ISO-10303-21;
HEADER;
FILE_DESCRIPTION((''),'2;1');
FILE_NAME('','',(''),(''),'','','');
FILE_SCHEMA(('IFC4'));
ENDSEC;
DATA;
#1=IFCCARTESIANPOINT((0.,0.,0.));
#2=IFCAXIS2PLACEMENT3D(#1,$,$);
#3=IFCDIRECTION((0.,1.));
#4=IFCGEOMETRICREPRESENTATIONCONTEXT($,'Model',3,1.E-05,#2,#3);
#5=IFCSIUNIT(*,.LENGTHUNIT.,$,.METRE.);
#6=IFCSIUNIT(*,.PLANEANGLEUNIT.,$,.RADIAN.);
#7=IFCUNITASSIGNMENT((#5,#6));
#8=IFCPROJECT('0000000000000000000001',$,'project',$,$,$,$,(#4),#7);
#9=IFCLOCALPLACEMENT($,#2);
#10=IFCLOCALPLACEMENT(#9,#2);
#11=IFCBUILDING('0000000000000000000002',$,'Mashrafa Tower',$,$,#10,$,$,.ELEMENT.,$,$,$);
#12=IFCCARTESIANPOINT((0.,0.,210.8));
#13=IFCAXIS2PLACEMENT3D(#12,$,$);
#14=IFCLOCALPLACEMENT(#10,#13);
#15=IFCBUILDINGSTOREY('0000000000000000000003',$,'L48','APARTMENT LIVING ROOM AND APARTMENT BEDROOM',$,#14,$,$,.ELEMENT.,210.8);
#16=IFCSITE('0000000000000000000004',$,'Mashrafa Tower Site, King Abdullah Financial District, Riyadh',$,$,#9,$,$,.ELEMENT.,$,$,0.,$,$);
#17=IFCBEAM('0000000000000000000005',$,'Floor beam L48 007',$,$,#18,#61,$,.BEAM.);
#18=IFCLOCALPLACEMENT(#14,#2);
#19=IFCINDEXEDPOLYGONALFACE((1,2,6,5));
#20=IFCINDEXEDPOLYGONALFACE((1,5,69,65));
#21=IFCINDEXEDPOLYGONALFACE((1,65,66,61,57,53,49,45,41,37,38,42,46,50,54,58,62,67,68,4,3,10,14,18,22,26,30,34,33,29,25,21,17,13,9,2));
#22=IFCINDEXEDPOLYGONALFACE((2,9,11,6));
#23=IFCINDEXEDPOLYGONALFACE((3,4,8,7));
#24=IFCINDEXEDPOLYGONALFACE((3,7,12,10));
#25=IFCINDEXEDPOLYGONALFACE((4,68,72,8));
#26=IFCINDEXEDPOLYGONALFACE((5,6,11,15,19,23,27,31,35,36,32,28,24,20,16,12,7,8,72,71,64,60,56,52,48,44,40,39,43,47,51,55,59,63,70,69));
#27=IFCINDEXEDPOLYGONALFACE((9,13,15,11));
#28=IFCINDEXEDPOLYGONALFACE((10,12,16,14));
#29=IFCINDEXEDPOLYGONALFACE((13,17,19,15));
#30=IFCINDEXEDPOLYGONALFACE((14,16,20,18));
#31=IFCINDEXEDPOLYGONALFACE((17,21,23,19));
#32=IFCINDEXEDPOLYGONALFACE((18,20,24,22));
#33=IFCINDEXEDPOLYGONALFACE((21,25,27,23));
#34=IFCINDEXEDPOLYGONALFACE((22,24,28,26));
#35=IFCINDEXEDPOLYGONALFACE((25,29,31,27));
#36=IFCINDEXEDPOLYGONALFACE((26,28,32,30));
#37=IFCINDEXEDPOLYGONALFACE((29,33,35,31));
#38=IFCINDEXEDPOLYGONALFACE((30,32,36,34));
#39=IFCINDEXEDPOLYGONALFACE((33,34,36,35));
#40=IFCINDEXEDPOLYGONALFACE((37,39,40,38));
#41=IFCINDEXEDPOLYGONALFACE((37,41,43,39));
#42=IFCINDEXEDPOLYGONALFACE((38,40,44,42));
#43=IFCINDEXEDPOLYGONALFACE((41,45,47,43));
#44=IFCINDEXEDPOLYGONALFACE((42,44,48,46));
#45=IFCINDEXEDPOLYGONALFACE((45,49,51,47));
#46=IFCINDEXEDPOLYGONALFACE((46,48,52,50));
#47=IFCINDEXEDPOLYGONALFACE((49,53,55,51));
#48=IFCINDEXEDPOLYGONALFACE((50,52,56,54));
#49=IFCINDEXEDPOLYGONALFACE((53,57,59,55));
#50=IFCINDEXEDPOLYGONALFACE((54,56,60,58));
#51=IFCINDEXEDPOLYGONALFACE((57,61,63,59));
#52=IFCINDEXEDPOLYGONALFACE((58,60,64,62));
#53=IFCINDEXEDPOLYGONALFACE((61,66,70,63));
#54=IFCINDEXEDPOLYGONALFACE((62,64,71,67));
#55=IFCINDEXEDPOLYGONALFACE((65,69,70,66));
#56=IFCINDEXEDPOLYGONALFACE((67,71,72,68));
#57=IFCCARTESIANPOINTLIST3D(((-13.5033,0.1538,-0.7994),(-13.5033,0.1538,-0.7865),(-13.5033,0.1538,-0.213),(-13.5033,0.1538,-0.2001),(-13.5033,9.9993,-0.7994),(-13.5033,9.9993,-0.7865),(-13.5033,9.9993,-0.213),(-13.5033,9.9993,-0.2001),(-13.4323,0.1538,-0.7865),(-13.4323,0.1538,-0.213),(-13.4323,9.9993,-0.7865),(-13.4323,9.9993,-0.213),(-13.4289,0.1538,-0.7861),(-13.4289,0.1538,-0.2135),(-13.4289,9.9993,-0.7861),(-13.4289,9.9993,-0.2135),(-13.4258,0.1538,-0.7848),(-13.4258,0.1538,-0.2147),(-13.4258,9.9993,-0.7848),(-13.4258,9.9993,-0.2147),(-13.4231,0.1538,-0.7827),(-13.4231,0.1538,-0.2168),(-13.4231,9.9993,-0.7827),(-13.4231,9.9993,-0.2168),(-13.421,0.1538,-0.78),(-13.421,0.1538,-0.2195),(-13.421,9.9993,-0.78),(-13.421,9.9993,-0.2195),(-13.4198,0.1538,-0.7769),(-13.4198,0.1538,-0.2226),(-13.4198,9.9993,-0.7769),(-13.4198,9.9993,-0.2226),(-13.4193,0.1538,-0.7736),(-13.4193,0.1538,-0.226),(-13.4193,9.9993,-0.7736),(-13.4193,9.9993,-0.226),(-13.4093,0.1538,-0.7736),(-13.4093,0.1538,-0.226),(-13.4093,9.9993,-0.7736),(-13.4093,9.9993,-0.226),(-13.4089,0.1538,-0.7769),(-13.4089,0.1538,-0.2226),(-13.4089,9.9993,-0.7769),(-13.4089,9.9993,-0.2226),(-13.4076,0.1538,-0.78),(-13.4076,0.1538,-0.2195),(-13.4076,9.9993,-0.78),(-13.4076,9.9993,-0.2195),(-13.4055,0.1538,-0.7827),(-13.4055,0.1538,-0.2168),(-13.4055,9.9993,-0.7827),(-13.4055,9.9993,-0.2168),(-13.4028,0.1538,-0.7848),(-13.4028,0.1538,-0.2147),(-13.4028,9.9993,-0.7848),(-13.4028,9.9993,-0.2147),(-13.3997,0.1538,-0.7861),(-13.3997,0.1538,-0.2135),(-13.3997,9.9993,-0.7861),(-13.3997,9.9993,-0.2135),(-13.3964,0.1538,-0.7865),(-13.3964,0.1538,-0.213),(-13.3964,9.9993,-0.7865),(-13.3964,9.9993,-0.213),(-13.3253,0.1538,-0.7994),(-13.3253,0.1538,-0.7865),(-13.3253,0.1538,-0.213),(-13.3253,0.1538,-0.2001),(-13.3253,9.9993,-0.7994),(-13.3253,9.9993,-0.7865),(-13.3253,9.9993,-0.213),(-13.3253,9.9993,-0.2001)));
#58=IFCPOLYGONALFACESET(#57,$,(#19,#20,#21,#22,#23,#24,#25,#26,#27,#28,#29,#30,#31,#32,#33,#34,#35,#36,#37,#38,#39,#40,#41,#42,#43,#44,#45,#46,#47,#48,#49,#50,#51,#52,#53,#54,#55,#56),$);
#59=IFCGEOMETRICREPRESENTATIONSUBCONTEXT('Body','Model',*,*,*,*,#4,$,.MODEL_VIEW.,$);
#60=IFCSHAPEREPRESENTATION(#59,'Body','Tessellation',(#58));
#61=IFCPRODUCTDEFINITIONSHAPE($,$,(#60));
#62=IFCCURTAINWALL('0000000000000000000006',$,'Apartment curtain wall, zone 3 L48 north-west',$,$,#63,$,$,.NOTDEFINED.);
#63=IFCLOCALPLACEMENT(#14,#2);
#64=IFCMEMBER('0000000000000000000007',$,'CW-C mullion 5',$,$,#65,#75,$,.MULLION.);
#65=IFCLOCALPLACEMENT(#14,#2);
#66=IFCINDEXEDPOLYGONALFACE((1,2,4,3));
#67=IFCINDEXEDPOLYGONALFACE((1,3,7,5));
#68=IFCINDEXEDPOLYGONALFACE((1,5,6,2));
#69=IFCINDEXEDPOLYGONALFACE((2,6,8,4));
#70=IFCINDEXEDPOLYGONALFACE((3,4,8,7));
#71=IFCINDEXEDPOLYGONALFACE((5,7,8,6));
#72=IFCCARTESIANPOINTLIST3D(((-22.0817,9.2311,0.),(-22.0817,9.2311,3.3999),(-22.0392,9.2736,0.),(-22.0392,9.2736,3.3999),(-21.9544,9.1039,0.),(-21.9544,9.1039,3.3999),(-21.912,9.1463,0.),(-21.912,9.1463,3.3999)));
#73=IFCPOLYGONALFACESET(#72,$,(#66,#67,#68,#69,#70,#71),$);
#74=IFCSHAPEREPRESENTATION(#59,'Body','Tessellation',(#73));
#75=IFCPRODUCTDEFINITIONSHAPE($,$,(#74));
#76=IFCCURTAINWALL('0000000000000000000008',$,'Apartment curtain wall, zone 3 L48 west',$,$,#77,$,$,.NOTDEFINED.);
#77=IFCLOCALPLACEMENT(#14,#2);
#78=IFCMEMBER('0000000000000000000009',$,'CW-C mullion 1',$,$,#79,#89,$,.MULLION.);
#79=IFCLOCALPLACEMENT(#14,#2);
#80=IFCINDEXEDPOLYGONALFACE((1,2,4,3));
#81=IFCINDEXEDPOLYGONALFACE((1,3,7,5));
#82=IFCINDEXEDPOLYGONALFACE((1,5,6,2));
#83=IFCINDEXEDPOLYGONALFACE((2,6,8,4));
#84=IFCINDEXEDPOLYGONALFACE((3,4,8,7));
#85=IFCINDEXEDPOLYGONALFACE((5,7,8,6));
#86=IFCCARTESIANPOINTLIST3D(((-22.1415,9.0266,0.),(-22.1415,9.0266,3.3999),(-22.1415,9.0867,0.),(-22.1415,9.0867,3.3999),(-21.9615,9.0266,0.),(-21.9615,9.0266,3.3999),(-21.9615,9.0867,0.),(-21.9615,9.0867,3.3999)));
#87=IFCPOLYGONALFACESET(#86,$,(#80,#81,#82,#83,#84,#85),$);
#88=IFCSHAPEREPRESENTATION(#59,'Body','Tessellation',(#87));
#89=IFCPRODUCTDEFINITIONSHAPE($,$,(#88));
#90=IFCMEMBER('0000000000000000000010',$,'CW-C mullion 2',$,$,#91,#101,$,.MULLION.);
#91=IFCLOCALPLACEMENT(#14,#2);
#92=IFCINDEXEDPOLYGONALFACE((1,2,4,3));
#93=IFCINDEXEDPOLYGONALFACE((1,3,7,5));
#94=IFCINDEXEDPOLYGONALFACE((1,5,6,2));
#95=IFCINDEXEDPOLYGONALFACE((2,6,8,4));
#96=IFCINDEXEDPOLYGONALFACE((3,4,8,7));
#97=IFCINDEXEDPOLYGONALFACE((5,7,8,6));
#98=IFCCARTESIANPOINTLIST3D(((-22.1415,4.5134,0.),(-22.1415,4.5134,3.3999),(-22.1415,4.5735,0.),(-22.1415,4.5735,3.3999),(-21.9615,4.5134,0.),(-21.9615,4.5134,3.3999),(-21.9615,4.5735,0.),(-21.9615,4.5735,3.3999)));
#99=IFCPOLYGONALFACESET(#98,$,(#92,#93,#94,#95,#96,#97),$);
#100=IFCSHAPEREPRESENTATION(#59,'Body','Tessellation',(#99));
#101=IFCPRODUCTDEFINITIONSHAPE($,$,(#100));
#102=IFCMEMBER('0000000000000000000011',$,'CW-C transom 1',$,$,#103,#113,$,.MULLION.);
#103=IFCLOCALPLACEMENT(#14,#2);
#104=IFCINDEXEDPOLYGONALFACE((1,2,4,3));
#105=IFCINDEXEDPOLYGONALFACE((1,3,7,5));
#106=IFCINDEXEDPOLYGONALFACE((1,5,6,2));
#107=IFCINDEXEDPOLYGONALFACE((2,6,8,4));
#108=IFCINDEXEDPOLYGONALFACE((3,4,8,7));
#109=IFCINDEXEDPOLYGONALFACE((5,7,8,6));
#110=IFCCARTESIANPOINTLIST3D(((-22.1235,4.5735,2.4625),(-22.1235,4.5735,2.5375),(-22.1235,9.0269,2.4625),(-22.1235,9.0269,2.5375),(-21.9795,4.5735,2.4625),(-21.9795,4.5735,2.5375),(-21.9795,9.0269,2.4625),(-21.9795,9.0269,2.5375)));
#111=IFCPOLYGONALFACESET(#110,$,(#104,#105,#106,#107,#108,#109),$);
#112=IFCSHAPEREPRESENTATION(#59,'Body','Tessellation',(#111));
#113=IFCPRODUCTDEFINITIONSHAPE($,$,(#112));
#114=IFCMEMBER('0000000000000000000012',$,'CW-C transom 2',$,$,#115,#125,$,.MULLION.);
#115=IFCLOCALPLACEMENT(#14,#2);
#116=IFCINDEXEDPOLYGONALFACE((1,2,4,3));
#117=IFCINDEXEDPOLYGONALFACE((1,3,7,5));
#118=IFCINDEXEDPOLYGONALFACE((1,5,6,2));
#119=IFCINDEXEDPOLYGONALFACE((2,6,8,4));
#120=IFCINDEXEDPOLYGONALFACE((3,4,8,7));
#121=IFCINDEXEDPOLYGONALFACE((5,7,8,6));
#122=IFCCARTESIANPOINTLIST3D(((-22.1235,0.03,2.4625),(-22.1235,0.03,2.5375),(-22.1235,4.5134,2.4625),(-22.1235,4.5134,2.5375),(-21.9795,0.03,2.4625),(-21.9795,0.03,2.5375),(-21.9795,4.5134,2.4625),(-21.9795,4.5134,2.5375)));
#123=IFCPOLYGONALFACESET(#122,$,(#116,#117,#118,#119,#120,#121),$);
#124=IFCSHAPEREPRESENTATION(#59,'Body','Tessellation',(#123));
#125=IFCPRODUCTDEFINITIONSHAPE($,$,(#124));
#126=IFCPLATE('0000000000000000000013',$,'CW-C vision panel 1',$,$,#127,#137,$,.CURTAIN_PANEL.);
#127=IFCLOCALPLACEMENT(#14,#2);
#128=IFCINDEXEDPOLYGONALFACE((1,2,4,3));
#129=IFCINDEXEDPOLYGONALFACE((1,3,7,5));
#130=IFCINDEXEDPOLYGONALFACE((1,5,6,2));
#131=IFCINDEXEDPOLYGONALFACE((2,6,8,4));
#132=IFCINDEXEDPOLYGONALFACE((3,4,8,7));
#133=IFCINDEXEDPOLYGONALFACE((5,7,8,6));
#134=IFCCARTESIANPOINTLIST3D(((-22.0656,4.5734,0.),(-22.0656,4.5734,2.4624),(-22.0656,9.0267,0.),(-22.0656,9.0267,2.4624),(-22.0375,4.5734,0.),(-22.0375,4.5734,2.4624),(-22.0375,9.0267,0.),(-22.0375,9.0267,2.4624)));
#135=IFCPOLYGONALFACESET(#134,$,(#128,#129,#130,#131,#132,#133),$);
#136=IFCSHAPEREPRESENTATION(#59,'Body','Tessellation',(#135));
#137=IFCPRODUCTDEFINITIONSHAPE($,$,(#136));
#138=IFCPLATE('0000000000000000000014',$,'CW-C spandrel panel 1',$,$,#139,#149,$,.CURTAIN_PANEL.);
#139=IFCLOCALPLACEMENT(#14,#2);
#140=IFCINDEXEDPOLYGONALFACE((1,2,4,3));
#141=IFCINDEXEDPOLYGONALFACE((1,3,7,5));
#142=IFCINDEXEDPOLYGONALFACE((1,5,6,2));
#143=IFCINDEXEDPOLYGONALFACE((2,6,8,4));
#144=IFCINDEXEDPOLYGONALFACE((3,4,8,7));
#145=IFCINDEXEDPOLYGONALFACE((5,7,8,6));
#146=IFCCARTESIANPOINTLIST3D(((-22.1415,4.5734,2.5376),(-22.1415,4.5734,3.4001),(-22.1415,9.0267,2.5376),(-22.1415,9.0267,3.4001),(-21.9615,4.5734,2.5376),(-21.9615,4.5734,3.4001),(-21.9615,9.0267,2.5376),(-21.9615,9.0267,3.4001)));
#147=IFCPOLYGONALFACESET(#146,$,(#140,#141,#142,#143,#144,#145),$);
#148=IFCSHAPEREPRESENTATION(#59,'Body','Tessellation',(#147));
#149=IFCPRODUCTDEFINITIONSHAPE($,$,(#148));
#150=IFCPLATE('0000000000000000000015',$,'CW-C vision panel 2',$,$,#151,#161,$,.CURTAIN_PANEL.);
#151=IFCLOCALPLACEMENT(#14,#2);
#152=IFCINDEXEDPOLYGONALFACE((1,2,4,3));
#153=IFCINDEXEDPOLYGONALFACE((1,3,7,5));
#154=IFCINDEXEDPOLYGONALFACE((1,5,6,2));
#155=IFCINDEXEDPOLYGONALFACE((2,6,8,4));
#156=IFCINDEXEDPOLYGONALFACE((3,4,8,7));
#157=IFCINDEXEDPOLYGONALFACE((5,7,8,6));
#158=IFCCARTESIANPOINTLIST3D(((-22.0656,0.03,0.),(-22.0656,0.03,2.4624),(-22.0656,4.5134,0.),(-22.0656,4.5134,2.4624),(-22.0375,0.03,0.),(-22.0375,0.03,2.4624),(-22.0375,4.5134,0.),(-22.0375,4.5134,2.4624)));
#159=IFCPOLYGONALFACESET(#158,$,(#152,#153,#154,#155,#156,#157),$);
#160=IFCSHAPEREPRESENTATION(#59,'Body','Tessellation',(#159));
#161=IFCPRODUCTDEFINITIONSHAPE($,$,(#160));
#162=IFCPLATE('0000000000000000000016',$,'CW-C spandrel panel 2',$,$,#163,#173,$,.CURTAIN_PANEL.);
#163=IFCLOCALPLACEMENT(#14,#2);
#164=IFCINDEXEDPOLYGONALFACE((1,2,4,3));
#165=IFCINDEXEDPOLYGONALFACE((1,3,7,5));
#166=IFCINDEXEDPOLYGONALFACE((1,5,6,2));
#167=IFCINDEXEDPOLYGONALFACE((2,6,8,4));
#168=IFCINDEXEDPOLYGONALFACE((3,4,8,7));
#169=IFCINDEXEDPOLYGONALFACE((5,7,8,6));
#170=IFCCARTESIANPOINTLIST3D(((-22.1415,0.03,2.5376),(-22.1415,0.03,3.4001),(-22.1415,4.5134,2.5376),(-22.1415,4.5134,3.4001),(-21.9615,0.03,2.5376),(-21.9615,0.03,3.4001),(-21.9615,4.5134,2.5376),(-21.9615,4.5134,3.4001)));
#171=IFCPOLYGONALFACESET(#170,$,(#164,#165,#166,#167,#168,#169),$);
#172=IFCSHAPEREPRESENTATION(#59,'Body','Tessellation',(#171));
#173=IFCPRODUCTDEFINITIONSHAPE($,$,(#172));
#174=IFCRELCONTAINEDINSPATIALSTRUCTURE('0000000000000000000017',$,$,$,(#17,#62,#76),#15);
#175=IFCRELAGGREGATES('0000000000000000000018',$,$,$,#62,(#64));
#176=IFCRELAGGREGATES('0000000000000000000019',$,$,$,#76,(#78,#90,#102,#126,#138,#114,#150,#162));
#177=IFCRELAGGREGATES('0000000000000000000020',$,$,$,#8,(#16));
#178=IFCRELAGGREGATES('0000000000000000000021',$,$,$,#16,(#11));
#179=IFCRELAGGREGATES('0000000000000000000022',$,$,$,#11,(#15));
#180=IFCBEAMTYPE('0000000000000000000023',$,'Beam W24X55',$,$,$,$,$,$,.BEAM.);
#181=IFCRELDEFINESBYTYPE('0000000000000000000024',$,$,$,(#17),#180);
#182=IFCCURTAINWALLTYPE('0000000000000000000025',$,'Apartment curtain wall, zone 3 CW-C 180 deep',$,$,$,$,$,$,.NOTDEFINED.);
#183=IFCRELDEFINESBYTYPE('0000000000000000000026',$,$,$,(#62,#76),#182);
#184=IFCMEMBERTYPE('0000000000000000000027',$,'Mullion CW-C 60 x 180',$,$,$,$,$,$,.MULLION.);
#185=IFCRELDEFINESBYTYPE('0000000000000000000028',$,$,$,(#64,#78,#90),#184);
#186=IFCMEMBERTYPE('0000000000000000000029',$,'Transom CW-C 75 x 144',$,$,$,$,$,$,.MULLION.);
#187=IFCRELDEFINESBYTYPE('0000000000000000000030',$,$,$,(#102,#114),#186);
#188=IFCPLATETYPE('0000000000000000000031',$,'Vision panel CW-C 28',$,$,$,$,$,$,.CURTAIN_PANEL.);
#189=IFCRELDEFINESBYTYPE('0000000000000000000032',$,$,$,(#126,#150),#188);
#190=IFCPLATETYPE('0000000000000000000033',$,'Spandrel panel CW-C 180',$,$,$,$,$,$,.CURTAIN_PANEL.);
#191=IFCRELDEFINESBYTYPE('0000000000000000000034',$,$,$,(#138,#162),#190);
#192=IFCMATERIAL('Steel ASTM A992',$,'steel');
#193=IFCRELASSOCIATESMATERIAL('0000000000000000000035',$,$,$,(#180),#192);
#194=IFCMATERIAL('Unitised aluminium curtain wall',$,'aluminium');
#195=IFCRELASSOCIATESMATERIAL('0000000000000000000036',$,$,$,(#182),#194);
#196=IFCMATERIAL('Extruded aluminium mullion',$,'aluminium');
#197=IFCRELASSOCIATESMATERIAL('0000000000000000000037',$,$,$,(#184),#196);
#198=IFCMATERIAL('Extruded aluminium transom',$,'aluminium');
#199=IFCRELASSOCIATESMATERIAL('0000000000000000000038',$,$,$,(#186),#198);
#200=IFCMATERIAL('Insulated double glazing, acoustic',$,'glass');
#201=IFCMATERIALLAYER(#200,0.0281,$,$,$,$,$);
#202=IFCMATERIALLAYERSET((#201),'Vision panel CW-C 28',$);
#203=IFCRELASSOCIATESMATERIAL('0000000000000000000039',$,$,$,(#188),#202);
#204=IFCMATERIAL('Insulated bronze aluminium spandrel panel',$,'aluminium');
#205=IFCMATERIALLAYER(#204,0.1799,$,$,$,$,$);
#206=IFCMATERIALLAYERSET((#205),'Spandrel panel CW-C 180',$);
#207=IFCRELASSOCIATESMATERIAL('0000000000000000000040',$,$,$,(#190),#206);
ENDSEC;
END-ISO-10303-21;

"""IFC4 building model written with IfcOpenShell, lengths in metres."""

from ifc_helpers import new_model, si_unit, direction, frame, origin, origin_2d, place, context, subcontext, project, spatial, rectangle, i_section, extrude, source, transform, mapped, material, layer, layer_set, material_profile, profile_set, type_object, type_shapes, element, aggregate, save


model = new_model("IFC4")

# Units and contexts
model_context = context("Model", 3, precision=1e-05, world=origin(), true_north=direction((0.0, 1.0)))
body_context = subcontext(model_context, "Body", "Model", "MODEL_VIEW")
ifc_project = project(units=[si_unit("LENGTHUNIT", "METRE"), si_unit("PLANEANGLEUNIT", "RADIAN")], contexts=[model_context])

# Site, building, storey
site_placement = place(None, origin())
site = spatial("IfcSite", under=ifc_project, at=site_placement, Name="Mashrafa Tower Site, King Abdullah Financial District, Riyadh", CompositionType="ELEMENT", RefElevation=0.0)
building_placement = place(site_placement, origin())
building = spatial("IfcBuilding", under=site, at=building_placement, Name="Mashrafa Tower", CompositionType="ELEMENT")
storey_placement = place(building_placement, frame((0.0, 0.0, 210.8)))
storey = spatial("IfcBuildingStorey", under=building, at=storey_placement, Name="L48", Description="APARTMENT LIVING ROOM AND APARTMENT BEDROOM", CompositionType="ELEMENT", Elevation=210.8)

# Beam
ifc_material_1 = material(Name="Steel ASTM A992", Category="steel")
ifc_material_profile_1 = material_profile(ifc_material_1, i_section(OverallWidth=0.178, OverallDepth=0.5994, WebThickness=0.01, FlangeThickness=0.0129, FilletRadius=0.0129, at=origin_2d()), Name="W24X55")
ifc_profile_set_1 = profile_set([ifc_material_profile_1], Name="Steel ASTM A992")
beam_type_1 = type_object("IfcBeamType", Name="Beam W24X55", PredefinedType="BEAM", material=ifc_profile_set_1)
beam_1_placement = place(storey_placement, frame((-13.4143, 0.1538, -0.4998), z_axis=(0.0, 1.0, 0.0), x_axis=(-1.0, 0.0, 0.0)))
element("IfcBeam", 1, at=beam_1_placement, inside=storey, type_object=beam_type_1, Name="Floor beam L48 007", PredefinedType="BEAM", context=body_context, shape_type="SweptSolid", body=[
    extrude(i_section(OverallWidth=0.178, OverallDepth=0.5994, WebThickness=0.01, FlangeThickness=0.0129, FilletRadius=0.0129, at=origin_2d()), origin(), (0.0, 0.0, 1.0), 9.8455),
])

# Curtain wall, member
ifc_material_2 = material(Name="Unitised aluminium curtain wall", Category="aluminium")
curtain_wall_type = type_object("IfcCurtainWallType", Name="Apartment curtain wall, zone 3 CW-C 180 deep", PredefinedType="NOTDEFINED", material=ifc_material_2)
curtain_wall_1_placement = place(storey_placement, origin())
curtain_wall_1 = element("IfcCurtainWall", 2, at=curtain_wall_1_placement, inside=storey, type_object=curtain_wall_type, Name="Apartment curtain wall, zone 3 L48 north-west", PredefinedType="NOTDEFINED")
ifc_material_3 = material(Name="Extruded aluminium mullion", Category="aluminium")
ifc_material_profile_2 = material_profile(ifc_material_3, rectangle(XDim=0.1799, YDim=0.0601, at=origin_2d()), Name="Mullion 60x180")
ifc_profile_set_2 = profile_set([ifc_material_profile_2], Name="Extruded aluminium mullion")
member_type_1 = type_object("IfcMemberType", Name="Mullion CW-C 60 x 180", PredefinedType="MULLION", material=ifc_profile_set_2)
shared_shape_1 = source(origin(), body_context, "Body", "SweptSolid", [
    extrude(rectangle(XDim=0.1799, YDim=0.0601, at=origin_2d()), origin(), (0.0, 0.0, 1.0), 3.3999),
])
type_shapes(member_type_1, [shared_shape_1])
member_1_placement = place(storey_placement, frame((-21.9968, 9.1887, 0.0), z_axis=(0.0, 0.0, 1.0), x_axis=(0.707107, -0.707107, 0.0)))
member_1 = element("IfcMember", 3, at=member_1_placement, type_object=member_type_1, Name="CW-C mullion 5", PredefinedType="MULLION", context=body_context, shape_type="MappedRepresentation", body=[
    mapped(shared_shape_1, transform((0.0, 0.0, 0.0))),
])
aggregate(curtain_wall_1, [member_1])

# Curtain wall, members, plates
curtain_wall_2_placement = place(storey_placement, origin())
curtain_wall_2 = element("IfcCurtainWall", 4, at=curtain_wall_2_placement, inside=storey, type_object=curtain_wall_type, Name="Apartment curtain wall, zone 3 L48 west", PredefinedType="NOTDEFINED")
member_2_placement = place(storey_placement, frame((-22.0515, 9.0566, 0.0), z_axis=(0.0, 0.0, 1.0), x_axis=(1.0, 0.0, 0.0)))
member_2 = element("IfcMember", 5, at=member_2_placement, type_object=member_type_1, Name="CW-C mullion 1", PredefinedType="MULLION", context=body_context, shape_type="MappedRepresentation", body=[
    mapped(shared_shape_1, transform((0.0, 0.0, 0.0))),
])
member_3_placement = place(storey_placement, frame((-22.0515, 4.5435, 0.0), z_axis=(0.0, 0.0, 1.0), x_axis=(1.0, 0.0, 0.0)))
member_3 = element("IfcMember", 6, at=member_3_placement, type_object=member_type_1, Name="CW-C mullion 2", PredefinedType="MULLION", context=body_context, shape_type="MappedRepresentation", body=[
    mapped(shared_shape_1, transform((0.0, 0.0, 0.0))),
])
ifc_material_4 = material(Name="Extruded aluminium transom", Category="aluminium")
ifc_material_profile_3 = material_profile(ifc_material_4, rectangle(XDim=0.144, YDim=0.075, at=origin_2d()), Name="Transom 75x144")
ifc_profile_set_3 = profile_set([ifc_material_profile_3], Name="Extruded aluminium transom")
member_type_2 = type_object("IfcMemberType", Name="Transom CW-C 75 x 144", PredefinedType="MULLION", material=ifc_profile_set_3)
shared_shape_2 = source(origin(), body_context, "Body", "SweptSolid", [
    extrude(rectangle(XDim=0.144, YDim=0.075, at=origin_2d()), origin(), (0.0, 0.0, 1.0), 4.4534),
])
member_4_placement = place(storey_placement, frame((-22.0515, 9.0269, 2.5), z_axis=(0.0, -1.0, 0.0), x_axis=(1.0, 0.0, 0.0)))
member_4 = element("IfcMember", 7, at=member_4_placement, type_object=member_type_2, Name="CW-C transom 1", PredefinedType="MULLION", context=body_context, shape_type="MappedRepresentation", body=[
    mapped(shared_shape_2, transform((0.0, 0.0, 0.0))),
])
shared_shape_3 = source(origin(), body_context, "Body", "SweptSolid", [
    extrude(rectangle(XDim=0.144, YDim=0.075, at=origin_2d()), origin(), (0.0, 0.0, 1.0), 4.4834),
])
type_shapes(member_type_2, [shared_shape_2, shared_shape_3])
member_5_placement = place(storey_placement, frame((-22.0515, 4.5134, 2.5), z_axis=(0.0, -1.0, 0.0), x_axis=(1.0, 0.0, 0.0)))
member_5 = element("IfcMember", 8, at=member_5_placement, type_object=member_type_2, Name="CW-C transom 2", PredefinedType="MULLION", context=body_context, shape_type="MappedRepresentation", body=[
    mapped(shared_shape_3, transform((0.0, 0.0, 0.0))),
])
ifc_material_5 = material(Name="Insulated double glazing, acoustic", Category="glass")
ifc_layer_1 = layer(ifc_material_5, 0.0281)
ifc_layer_set_1 = layer_set([ifc_layer_1], Name="Vision panel CW-C 28")
plate_type_1 = type_object("IfcPlateType", Name="Vision panel CW-C 28", PredefinedType="CURTAIN_PANEL", material=ifc_layer_set_1)
shared_shape_4 = source(origin(), body_context, "Body", "SweptSolid", [
    extrude(rectangle(XDim=4.4534, YDim=0.0281, at=origin_2d()), origin(), (0.0, 0.0, 1.0), 2.4624),
])
plate_1_placement = place(storey_placement, frame((-22.0515, 6.8, 0.0), z_axis=(0.0, 0.0, 1.0), x_axis=(0.0, -1.0, 0.0)))
plate_1 = element("IfcPlate", 9, at=plate_1_placement, type_object=plate_type_1, Name="CW-C vision panel 1", PredefinedType="CURTAIN_PANEL", context=body_context, shape_type="MappedRepresentation", body=[
    mapped(shared_shape_4, transform((0.0, 0.0, 0.0))),
])
ifc_material_6 = material(Name="Insulated bronze aluminium spandrel panel", Category="aluminium")
ifc_layer_2 = layer(ifc_material_6, 0.1799)
ifc_layer_set_2 = layer_set([ifc_layer_2], Name="Spandrel panel CW-C 180")
plate_type_2 = type_object("IfcPlateType", Name="Spandrel panel CW-C 180", PredefinedType="CURTAIN_PANEL", material=ifc_layer_set_2)
shared_shape_5 = source(origin(), body_context, "Body", "SweptSolid", [
    extrude(rectangle(XDim=4.4534, YDim=0.1799, at=origin_2d()), origin(), (0.0, 0.0, 1.0), 0.8625),
])
plate_2_placement = place(storey_placement, frame((-22.0515, 6.8, 2.5376), z_axis=(0.0, 0.0, 1.0), x_axis=(0.0, -1.0, 0.0)))
plate_2 = element("IfcPlate", 10, at=plate_2_placement, type_object=plate_type_2, Name="CW-C spandrel panel 1", PredefinedType="CURTAIN_PANEL", context=body_context, shape_type="MappedRepresentation", body=[
    mapped(shared_shape_5, transform((0.0, 0.0, 0.0))),
])
shared_shape_6 = source(origin(), body_context, "Body", "SweptSolid", [
    extrude(rectangle(XDim=4.4834, YDim=0.0281, at=origin_2d()), origin(), (0.0, 0.0, 1.0), 2.4624),
])
type_shapes(plate_type_1, [shared_shape_4, shared_shape_6])
plate_3_placement = place(storey_placement, frame((-22.0515, 2.2717, 0.0), z_axis=(0.0, 0.0, 1.0), x_axis=(0.0, -1.0, 0.0)))
plate_3 = element("IfcPlate", 11, at=plate_3_placement, type_object=plate_type_1, Name="CW-C vision panel 2", PredefinedType="CURTAIN_PANEL", context=body_context, shape_type="MappedRepresentation", body=[
    mapped(shared_shape_6, transform((0.0, 0.0, 0.0))),
])
shared_shape_7 = source(origin(), body_context, "Body", "SweptSolid", [
    extrude(rectangle(XDim=4.4834, YDim=0.1799, at=origin_2d()), origin(), (0.0, 0.0, 1.0), 0.8625),
])
type_shapes(plate_type_2, [shared_shape_5, shared_shape_7])
plate_4_placement = place(storey_placement, frame((-22.0515, 2.2717, 2.5376), z_axis=(0.0, 0.0, 1.0), x_axis=(0.0, -1.0, 0.0)))
plate_4 = element("IfcPlate", 12, at=plate_4_placement, type_object=plate_type_2, Name="CW-C spandrel panel 2", PredefinedType="CURTAIN_PANEL", context=body_context, shape_type="MappedRepresentation", body=[
    mapped(shared_shape_7, transform((0.0, 0.0, 0.0))),
])
aggregate(curtain_wall_2, [member_2, member_3, member_4, plate_1, plate_2, member_5, plate_3, plate_4])

save(model, "model.ifc")
